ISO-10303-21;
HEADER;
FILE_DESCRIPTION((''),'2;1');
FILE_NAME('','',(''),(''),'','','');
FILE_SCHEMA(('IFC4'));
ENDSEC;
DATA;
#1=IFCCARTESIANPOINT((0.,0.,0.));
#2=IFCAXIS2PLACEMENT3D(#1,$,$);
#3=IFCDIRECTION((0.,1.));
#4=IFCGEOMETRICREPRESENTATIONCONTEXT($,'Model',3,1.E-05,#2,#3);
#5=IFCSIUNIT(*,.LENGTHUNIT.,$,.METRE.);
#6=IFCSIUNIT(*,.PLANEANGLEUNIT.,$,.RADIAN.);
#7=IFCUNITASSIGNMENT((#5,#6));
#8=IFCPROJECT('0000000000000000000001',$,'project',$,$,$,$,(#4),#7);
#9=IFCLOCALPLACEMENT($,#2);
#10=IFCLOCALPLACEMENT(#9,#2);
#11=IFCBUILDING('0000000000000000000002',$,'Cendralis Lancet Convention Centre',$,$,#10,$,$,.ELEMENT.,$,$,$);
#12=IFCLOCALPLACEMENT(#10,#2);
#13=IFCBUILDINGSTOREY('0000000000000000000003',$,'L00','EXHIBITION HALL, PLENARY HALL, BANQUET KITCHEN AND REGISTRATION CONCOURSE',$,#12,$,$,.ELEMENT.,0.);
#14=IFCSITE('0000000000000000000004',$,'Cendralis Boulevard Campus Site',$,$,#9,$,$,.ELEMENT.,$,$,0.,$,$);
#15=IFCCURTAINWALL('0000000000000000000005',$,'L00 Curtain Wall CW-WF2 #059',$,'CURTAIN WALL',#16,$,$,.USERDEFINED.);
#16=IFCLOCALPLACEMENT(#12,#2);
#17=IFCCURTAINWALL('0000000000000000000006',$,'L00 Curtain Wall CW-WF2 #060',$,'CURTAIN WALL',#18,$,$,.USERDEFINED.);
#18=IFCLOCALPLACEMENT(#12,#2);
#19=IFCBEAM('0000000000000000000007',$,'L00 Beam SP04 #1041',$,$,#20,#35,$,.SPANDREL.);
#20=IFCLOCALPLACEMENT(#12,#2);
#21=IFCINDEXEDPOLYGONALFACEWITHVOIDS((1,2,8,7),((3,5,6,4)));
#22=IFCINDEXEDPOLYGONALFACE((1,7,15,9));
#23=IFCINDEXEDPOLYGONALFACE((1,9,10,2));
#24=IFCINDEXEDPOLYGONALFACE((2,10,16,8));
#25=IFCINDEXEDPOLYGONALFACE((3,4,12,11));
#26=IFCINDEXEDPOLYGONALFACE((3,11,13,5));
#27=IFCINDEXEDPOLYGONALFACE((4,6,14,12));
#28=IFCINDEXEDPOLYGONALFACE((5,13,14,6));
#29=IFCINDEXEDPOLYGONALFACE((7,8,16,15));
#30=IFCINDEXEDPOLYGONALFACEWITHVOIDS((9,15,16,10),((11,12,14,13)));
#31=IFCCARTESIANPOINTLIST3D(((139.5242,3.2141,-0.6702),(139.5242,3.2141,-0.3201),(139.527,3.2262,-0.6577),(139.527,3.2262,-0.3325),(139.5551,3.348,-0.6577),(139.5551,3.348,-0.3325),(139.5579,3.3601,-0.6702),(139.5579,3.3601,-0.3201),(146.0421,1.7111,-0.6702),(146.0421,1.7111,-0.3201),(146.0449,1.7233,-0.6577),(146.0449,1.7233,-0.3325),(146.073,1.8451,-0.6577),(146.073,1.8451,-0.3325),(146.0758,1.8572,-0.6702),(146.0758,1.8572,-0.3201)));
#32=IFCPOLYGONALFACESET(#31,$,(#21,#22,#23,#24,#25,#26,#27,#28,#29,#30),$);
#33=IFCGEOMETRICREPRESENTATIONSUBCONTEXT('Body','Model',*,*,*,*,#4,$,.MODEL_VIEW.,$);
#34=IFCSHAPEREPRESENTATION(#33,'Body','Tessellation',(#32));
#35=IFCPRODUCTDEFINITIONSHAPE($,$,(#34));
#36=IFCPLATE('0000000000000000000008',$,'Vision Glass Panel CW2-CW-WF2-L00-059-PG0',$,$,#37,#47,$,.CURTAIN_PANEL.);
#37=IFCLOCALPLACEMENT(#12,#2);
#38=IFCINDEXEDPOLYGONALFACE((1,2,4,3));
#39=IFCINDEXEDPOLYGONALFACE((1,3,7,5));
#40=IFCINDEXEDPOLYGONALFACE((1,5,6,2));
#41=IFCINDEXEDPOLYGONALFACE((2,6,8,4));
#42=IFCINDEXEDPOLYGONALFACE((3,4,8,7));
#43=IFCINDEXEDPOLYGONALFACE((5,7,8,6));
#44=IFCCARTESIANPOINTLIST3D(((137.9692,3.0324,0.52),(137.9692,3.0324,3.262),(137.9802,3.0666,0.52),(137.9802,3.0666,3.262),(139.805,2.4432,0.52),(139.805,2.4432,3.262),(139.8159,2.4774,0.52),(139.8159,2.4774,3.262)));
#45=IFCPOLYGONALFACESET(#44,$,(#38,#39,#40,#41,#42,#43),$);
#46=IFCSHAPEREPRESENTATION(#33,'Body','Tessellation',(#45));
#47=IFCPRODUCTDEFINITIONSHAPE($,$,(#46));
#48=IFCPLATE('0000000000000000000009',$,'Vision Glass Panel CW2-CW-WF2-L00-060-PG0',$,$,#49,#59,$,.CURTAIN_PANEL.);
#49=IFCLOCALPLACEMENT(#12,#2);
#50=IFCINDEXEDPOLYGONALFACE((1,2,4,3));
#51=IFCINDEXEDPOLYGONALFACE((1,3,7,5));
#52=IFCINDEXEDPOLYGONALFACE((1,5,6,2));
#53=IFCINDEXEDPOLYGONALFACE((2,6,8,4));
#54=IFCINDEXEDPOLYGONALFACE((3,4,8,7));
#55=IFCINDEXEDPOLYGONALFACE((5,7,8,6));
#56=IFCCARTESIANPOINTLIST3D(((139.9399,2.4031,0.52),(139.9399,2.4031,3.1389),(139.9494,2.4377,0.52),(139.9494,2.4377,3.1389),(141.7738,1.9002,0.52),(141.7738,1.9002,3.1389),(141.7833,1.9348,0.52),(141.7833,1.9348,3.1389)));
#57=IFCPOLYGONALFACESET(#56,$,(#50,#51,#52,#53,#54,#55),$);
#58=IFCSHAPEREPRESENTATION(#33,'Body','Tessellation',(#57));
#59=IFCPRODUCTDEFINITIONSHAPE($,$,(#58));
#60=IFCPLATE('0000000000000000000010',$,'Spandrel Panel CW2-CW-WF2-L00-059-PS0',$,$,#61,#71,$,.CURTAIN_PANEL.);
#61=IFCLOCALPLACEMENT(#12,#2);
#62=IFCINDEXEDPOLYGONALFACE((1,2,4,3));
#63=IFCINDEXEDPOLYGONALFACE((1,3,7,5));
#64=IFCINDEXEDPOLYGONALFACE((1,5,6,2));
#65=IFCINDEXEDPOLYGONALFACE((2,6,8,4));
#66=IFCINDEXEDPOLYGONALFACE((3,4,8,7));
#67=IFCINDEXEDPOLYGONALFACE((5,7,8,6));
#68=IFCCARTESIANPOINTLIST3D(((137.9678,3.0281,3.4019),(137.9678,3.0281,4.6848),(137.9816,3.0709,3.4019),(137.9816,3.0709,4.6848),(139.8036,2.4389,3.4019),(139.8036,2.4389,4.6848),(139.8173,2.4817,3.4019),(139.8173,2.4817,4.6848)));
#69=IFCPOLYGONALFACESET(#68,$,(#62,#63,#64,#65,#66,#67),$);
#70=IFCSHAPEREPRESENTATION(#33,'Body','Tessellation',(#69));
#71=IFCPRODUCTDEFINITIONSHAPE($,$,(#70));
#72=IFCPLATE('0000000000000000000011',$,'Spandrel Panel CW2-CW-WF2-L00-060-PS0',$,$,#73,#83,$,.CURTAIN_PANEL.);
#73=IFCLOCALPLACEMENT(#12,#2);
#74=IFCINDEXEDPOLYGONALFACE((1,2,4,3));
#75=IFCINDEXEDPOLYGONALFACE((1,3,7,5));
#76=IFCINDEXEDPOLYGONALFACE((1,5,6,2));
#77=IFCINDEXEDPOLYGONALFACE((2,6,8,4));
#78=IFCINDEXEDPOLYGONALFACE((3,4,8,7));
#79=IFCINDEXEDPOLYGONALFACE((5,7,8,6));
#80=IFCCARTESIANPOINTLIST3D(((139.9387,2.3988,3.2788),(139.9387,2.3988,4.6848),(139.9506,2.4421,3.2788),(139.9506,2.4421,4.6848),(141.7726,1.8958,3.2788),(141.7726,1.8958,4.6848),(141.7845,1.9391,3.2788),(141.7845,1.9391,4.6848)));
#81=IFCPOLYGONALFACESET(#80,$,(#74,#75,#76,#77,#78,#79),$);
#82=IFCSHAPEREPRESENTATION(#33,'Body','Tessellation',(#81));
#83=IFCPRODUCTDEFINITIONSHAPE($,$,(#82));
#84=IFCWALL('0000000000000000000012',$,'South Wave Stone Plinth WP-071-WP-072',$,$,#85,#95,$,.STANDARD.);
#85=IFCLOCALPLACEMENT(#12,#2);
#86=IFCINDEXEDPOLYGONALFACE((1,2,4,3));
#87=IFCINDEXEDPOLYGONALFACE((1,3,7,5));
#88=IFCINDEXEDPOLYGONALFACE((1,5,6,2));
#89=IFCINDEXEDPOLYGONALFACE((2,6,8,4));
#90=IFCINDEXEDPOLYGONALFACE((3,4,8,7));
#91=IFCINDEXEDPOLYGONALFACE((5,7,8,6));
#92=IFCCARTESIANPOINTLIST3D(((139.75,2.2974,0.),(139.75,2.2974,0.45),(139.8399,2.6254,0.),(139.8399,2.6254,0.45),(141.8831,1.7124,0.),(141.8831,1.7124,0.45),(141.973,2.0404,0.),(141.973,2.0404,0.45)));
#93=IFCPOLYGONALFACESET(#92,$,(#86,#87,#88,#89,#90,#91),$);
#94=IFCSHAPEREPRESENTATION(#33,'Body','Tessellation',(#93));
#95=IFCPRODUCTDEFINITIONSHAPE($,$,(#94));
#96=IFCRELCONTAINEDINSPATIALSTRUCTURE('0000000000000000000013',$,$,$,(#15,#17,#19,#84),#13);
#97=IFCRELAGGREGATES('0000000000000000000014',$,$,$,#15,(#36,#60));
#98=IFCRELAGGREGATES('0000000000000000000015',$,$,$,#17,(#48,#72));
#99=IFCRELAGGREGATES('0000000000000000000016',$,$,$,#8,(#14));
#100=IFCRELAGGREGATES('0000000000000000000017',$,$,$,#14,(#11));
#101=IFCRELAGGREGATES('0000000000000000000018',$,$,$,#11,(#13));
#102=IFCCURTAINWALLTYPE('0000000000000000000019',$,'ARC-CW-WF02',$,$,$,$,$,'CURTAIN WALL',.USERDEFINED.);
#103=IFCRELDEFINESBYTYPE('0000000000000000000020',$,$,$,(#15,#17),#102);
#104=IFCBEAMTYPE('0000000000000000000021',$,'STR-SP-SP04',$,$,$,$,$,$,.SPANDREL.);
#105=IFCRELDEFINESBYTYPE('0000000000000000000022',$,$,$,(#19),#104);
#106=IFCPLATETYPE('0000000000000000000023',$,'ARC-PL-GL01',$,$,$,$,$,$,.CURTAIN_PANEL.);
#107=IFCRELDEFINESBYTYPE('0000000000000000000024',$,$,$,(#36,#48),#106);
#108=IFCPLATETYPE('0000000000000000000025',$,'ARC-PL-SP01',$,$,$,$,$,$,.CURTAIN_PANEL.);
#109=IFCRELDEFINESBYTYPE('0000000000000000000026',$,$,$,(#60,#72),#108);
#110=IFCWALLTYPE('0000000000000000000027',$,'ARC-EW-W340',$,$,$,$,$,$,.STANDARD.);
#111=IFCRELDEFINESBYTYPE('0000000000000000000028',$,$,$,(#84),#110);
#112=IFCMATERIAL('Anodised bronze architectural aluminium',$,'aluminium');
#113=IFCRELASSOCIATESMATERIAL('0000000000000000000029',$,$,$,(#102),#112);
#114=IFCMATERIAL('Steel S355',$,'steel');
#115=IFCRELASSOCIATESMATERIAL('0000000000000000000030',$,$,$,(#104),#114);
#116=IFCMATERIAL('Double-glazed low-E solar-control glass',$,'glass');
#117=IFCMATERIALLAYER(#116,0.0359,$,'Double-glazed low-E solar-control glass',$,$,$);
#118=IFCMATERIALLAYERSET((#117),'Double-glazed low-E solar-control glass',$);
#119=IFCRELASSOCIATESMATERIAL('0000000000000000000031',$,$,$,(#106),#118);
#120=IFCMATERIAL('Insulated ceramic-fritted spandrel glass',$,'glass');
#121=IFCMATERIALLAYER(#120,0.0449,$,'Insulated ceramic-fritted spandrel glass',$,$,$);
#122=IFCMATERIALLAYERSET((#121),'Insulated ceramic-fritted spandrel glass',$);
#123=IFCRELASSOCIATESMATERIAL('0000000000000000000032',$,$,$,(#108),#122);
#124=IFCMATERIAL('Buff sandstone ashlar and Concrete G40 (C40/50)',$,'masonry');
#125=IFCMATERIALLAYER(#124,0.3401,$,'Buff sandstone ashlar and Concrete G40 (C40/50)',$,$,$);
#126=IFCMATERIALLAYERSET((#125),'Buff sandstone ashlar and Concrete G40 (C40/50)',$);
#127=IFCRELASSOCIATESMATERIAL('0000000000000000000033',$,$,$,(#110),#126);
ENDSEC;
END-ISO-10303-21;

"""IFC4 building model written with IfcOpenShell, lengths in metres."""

from ifc_helpers import new_model, si_unit, direction, frame, frame_2d, origin, origin_2d, place, context, subcontext, project, spatial, rectangle, hollow_rectangle, extrude, material, layer, layer_set, material_profile, profile_set, type_object, element, aggregate, save


model = new_model("IFC4")

# Units and contexts
model_context = context("Model", 3, precision=1e-05, world=origin(), true_north=direction((0.0, 1.0)))
body_context = subcontext(model_context, "Body", "Model", "MODEL_VIEW")
ifc_project = project(units=[si_unit("LENGTHUNIT", "METRE"), si_unit("PLANEANGLEUNIT", "RADIAN")], contexts=[model_context])

# Site, building, storey
site_placement = place(None, origin())
site = spatial("IfcSite", under=ifc_project, at=site_placement, Name="Cendralis Boulevard Campus Site", CompositionType="ELEMENT", RefElevation=0.0)
building_placement = place(site_placement, origin())
building = spatial("IfcBuilding", under=site, at=building_placement, Name="Cendralis Lancet Convention Centre", CompositionType="ELEMENT")
storey_placement = place(building_placement, origin())
storey = spatial("IfcBuildingStorey", under=building, at=storey_placement, Name="L00", Description="EXHIBITION HALL, PLENARY HALL, BANQUET KITCHEN AND REGISTRATION CONCOURSE", CompositionType="ELEMENT", Elevation=0.0)

# Curtain walls
ifc_material_1 = material(Name="Anodised bronze architectural aluminium", Category="aluminium")
curtain_wall_type = type_object("IfcCurtainWallType", Name="ARC-CW-WF02", ElementType="CURTAIN WALL", PredefinedType="USERDEFINED", material=ifc_material_1)
curtain_wall_1_placement = place(storey_placement, origin())
curtain_wall_1 = element("IfcCurtainWall", 1, at=curtain_wall_1_placement, inside=storey, type_object=curtain_wall_type, Name="L00 Curtain Wall CW-WF2 #059", ObjectType="CURTAIN WALL", PredefinedType="USERDEFINED")
curtain_wall_2_placement = place(storey_placement, origin())
curtain_wall_2 = element("IfcCurtainWall", 2, at=curtain_wall_2_placement, inside=storey, type_object=curtain_wall_type, Name="L00 Curtain Wall CW-WF2 #060", ObjectType="CURTAIN WALL", PredefinedType="USERDEFINED")

# Beam
ifc_material_2 = material(Name="Steel S355", Category="steel")
ifc_material_profile_1 = material_profile(ifc_material_2, hollow_rectangle(XDim=0.1499, YDim=0.3501, WallThickness=0.0125, at=origin_2d()), Name="RHS 350x150x12.5")
ifc_profile_set_1 = profile_set([ifc_material_profile_1], Name="Steel S355")
beam_type_1 = type_object("IfcBeamType", Name="STR-SP-SP04", PredefinedType="SPANDREL", material=ifc_profile_set_1)
beam_1_placement = place(storey_placement, frame((139.541, 3.2871, -0.4951), z_axis=(0.97443, -0.224692, 0.0), x_axis=(0.224692, 0.97443, 0.0)))
element("IfcBeam", 3, at=beam_1_placement, inside=storey, type_object=beam_type_1, Name="L00 Beam SP04 #1041", PredefinedType="SPANDREL", context=body_context, shape_type="SweptSolid", body=[
    extrude(hollow_rectangle(XDim=0.1499, YDim=0.3501, WallThickness=0.0125, at=origin_2d()), origin(), (0.0, 0.0, 1.0), 6.689),
])

# Plates
ifc_material_3 = material(Name="Double-glazed low-E solar-control glass", Category="glass")
ifc_layer_1 = layer(ifc_material_3, 0.0359, Name="Double-glazed low-E solar-control glass")
ifc_layer_set_1 = layer_set([ifc_layer_1], Name="Double-glazed low-E solar-control glass")
plate_type_1 = type_object("IfcPlateType", Name="ARC-PL-GL01", PredefinedType="CURTAIN_PANEL", material=ifc_layer_set_1)
plate_1_placement = place(storey_placement, frame((138.8926, 2.7549, 0.52), z_axis=(0.0, 0.0, 1.0), x_axis=(0.952154, -0.305618, 0.0)))
plate_1 = element("IfcPlate", 4, at=plate_1_placement, type_object=plate_type_1, Name="Vision Glass Panel CW2-CW-WF2-L00-059-PG0", PredefinedType="CURTAIN_PANEL", context=body_context, shape_type="SweptSolid", body=[
    extrude(rectangle(XDim=1.928, YDim=0.0359, at=origin_2d()), origin(), (0.0, 0.0, 1.0), 2.7419),
])
plate_2_placement = place(storey_placement, frame((140.8616, 2.1689, 0.52), z_axis=(0.0, 0.0, 1.0), x_axis=(0.96439, -0.264485, 0.0)))
plate_2 = element("IfcPlate", 5, at=plate_2_placement, type_object=plate_type_1, Name="Vision Glass Panel CW2-CW-WF2-L00-060-PG0", PredefinedType="CURTAIN_PANEL", context=body_context, shape_type="SweptSolid", body=[
    extrude(rectangle(XDim=1.9016, YDim=0.0359, at=origin_2d()), origin(), (0.0, 0.0, 1.0), 2.6189),
])
ifc_material_4 = material(Name="Insulated ceramic-fritted spandrel glass", Category="glass")
ifc_layer_2 = layer(ifc_material_4, 0.0449, Name="Insulated ceramic-fritted spandrel glass")
ifc_layer_set_2 = layer_set([ifc_layer_2], Name="Insulated ceramic-fritted spandrel glass")
plate_type_2 = type_object("IfcPlateType", Name="ARC-PL-SP01", PredefinedType="CURTAIN_PANEL", material=ifc_layer_set_2)
plate_3_placement = place(storey_placement, frame((138.8926, 2.7549, 3.4019), z_axis=(0.0, 0.0, 1.0), x_axis=(0.952154, -0.305618, 0.0)))
plate_3 = element("IfcPlate", 6, at=plate_3_placement, type_object=plate_type_2, Name="Spandrel Panel CW2-CW-WF2-L00-059-PS0", PredefinedType="CURTAIN_PANEL", context=body_context, shape_type="SweptSolid", body=[
    extrude(rectangle(XDim=1.928, YDim=0.0449, at=origin_2d()), origin(), (0.0, 0.0, 1.0), 1.283),
])
aggregate(curtain_wall_1, [plate_1, plate_3])
plate_4_placement = place(storey_placement, frame((140.8616, 2.1689, 3.2788), z_axis=(0.0, 0.0, 1.0), x_axis=(0.96439, -0.264485, 0.0)))
plate_4 = element("IfcPlate", 7, at=plate_4_placement, type_object=plate_type_2, Name="Spandrel Panel CW2-CW-WF2-L00-060-PS0", PredefinedType="CURTAIN_PANEL", context=body_context, shape_type="SweptSolid", body=[
    extrude(rectangle(XDim=1.9016, YDim=0.0449, at=origin_2d()), origin(), (0.0, 0.0, 1.0), 1.406),
])
aggregate(curtain_wall_2, [plate_2, plate_4])

# Wall
ifc_material_5 = material(Name="Buff sandstone ashlar and Concrete G40 (C40/50)", Category="masonry")
ifc_layer_3 = layer(ifc_material_5, 0.3401, Name="Buff sandstone ashlar and Concrete G40 (C40/50)")
ifc_layer_set_3 = layer_set([ifc_layer_3], Name="Buff sandstone ashlar and Concrete G40 (C40/50)")
wall_type = type_object("IfcWallType", Name="ARC-EW-W340", PredefinedType="STANDARD", material=ifc_layer_set_3)
wall_placement = place(storey_placement, frame((139.7949, 2.4614, 0.0), z_axis=(0.0, 0.0, 1.0), x_axis=(0.964394, -0.264471, 0.0)))
element("IfcWall", 8, at=wall_placement, inside=storey, type_object=wall_type, Name="South Wave Stone Plinth WP-071-WP-072", PredefinedType="STANDARD", context=body_context, shape_type="SweptSolid", body=[
    extrude(rectangle(XDim=2.2119, YDim=0.3401, at=frame_2d((1.106, 0.0))), origin(), (0.0, 0.0, 1.0), 0.45),
])

save(model, "model.ifc")
